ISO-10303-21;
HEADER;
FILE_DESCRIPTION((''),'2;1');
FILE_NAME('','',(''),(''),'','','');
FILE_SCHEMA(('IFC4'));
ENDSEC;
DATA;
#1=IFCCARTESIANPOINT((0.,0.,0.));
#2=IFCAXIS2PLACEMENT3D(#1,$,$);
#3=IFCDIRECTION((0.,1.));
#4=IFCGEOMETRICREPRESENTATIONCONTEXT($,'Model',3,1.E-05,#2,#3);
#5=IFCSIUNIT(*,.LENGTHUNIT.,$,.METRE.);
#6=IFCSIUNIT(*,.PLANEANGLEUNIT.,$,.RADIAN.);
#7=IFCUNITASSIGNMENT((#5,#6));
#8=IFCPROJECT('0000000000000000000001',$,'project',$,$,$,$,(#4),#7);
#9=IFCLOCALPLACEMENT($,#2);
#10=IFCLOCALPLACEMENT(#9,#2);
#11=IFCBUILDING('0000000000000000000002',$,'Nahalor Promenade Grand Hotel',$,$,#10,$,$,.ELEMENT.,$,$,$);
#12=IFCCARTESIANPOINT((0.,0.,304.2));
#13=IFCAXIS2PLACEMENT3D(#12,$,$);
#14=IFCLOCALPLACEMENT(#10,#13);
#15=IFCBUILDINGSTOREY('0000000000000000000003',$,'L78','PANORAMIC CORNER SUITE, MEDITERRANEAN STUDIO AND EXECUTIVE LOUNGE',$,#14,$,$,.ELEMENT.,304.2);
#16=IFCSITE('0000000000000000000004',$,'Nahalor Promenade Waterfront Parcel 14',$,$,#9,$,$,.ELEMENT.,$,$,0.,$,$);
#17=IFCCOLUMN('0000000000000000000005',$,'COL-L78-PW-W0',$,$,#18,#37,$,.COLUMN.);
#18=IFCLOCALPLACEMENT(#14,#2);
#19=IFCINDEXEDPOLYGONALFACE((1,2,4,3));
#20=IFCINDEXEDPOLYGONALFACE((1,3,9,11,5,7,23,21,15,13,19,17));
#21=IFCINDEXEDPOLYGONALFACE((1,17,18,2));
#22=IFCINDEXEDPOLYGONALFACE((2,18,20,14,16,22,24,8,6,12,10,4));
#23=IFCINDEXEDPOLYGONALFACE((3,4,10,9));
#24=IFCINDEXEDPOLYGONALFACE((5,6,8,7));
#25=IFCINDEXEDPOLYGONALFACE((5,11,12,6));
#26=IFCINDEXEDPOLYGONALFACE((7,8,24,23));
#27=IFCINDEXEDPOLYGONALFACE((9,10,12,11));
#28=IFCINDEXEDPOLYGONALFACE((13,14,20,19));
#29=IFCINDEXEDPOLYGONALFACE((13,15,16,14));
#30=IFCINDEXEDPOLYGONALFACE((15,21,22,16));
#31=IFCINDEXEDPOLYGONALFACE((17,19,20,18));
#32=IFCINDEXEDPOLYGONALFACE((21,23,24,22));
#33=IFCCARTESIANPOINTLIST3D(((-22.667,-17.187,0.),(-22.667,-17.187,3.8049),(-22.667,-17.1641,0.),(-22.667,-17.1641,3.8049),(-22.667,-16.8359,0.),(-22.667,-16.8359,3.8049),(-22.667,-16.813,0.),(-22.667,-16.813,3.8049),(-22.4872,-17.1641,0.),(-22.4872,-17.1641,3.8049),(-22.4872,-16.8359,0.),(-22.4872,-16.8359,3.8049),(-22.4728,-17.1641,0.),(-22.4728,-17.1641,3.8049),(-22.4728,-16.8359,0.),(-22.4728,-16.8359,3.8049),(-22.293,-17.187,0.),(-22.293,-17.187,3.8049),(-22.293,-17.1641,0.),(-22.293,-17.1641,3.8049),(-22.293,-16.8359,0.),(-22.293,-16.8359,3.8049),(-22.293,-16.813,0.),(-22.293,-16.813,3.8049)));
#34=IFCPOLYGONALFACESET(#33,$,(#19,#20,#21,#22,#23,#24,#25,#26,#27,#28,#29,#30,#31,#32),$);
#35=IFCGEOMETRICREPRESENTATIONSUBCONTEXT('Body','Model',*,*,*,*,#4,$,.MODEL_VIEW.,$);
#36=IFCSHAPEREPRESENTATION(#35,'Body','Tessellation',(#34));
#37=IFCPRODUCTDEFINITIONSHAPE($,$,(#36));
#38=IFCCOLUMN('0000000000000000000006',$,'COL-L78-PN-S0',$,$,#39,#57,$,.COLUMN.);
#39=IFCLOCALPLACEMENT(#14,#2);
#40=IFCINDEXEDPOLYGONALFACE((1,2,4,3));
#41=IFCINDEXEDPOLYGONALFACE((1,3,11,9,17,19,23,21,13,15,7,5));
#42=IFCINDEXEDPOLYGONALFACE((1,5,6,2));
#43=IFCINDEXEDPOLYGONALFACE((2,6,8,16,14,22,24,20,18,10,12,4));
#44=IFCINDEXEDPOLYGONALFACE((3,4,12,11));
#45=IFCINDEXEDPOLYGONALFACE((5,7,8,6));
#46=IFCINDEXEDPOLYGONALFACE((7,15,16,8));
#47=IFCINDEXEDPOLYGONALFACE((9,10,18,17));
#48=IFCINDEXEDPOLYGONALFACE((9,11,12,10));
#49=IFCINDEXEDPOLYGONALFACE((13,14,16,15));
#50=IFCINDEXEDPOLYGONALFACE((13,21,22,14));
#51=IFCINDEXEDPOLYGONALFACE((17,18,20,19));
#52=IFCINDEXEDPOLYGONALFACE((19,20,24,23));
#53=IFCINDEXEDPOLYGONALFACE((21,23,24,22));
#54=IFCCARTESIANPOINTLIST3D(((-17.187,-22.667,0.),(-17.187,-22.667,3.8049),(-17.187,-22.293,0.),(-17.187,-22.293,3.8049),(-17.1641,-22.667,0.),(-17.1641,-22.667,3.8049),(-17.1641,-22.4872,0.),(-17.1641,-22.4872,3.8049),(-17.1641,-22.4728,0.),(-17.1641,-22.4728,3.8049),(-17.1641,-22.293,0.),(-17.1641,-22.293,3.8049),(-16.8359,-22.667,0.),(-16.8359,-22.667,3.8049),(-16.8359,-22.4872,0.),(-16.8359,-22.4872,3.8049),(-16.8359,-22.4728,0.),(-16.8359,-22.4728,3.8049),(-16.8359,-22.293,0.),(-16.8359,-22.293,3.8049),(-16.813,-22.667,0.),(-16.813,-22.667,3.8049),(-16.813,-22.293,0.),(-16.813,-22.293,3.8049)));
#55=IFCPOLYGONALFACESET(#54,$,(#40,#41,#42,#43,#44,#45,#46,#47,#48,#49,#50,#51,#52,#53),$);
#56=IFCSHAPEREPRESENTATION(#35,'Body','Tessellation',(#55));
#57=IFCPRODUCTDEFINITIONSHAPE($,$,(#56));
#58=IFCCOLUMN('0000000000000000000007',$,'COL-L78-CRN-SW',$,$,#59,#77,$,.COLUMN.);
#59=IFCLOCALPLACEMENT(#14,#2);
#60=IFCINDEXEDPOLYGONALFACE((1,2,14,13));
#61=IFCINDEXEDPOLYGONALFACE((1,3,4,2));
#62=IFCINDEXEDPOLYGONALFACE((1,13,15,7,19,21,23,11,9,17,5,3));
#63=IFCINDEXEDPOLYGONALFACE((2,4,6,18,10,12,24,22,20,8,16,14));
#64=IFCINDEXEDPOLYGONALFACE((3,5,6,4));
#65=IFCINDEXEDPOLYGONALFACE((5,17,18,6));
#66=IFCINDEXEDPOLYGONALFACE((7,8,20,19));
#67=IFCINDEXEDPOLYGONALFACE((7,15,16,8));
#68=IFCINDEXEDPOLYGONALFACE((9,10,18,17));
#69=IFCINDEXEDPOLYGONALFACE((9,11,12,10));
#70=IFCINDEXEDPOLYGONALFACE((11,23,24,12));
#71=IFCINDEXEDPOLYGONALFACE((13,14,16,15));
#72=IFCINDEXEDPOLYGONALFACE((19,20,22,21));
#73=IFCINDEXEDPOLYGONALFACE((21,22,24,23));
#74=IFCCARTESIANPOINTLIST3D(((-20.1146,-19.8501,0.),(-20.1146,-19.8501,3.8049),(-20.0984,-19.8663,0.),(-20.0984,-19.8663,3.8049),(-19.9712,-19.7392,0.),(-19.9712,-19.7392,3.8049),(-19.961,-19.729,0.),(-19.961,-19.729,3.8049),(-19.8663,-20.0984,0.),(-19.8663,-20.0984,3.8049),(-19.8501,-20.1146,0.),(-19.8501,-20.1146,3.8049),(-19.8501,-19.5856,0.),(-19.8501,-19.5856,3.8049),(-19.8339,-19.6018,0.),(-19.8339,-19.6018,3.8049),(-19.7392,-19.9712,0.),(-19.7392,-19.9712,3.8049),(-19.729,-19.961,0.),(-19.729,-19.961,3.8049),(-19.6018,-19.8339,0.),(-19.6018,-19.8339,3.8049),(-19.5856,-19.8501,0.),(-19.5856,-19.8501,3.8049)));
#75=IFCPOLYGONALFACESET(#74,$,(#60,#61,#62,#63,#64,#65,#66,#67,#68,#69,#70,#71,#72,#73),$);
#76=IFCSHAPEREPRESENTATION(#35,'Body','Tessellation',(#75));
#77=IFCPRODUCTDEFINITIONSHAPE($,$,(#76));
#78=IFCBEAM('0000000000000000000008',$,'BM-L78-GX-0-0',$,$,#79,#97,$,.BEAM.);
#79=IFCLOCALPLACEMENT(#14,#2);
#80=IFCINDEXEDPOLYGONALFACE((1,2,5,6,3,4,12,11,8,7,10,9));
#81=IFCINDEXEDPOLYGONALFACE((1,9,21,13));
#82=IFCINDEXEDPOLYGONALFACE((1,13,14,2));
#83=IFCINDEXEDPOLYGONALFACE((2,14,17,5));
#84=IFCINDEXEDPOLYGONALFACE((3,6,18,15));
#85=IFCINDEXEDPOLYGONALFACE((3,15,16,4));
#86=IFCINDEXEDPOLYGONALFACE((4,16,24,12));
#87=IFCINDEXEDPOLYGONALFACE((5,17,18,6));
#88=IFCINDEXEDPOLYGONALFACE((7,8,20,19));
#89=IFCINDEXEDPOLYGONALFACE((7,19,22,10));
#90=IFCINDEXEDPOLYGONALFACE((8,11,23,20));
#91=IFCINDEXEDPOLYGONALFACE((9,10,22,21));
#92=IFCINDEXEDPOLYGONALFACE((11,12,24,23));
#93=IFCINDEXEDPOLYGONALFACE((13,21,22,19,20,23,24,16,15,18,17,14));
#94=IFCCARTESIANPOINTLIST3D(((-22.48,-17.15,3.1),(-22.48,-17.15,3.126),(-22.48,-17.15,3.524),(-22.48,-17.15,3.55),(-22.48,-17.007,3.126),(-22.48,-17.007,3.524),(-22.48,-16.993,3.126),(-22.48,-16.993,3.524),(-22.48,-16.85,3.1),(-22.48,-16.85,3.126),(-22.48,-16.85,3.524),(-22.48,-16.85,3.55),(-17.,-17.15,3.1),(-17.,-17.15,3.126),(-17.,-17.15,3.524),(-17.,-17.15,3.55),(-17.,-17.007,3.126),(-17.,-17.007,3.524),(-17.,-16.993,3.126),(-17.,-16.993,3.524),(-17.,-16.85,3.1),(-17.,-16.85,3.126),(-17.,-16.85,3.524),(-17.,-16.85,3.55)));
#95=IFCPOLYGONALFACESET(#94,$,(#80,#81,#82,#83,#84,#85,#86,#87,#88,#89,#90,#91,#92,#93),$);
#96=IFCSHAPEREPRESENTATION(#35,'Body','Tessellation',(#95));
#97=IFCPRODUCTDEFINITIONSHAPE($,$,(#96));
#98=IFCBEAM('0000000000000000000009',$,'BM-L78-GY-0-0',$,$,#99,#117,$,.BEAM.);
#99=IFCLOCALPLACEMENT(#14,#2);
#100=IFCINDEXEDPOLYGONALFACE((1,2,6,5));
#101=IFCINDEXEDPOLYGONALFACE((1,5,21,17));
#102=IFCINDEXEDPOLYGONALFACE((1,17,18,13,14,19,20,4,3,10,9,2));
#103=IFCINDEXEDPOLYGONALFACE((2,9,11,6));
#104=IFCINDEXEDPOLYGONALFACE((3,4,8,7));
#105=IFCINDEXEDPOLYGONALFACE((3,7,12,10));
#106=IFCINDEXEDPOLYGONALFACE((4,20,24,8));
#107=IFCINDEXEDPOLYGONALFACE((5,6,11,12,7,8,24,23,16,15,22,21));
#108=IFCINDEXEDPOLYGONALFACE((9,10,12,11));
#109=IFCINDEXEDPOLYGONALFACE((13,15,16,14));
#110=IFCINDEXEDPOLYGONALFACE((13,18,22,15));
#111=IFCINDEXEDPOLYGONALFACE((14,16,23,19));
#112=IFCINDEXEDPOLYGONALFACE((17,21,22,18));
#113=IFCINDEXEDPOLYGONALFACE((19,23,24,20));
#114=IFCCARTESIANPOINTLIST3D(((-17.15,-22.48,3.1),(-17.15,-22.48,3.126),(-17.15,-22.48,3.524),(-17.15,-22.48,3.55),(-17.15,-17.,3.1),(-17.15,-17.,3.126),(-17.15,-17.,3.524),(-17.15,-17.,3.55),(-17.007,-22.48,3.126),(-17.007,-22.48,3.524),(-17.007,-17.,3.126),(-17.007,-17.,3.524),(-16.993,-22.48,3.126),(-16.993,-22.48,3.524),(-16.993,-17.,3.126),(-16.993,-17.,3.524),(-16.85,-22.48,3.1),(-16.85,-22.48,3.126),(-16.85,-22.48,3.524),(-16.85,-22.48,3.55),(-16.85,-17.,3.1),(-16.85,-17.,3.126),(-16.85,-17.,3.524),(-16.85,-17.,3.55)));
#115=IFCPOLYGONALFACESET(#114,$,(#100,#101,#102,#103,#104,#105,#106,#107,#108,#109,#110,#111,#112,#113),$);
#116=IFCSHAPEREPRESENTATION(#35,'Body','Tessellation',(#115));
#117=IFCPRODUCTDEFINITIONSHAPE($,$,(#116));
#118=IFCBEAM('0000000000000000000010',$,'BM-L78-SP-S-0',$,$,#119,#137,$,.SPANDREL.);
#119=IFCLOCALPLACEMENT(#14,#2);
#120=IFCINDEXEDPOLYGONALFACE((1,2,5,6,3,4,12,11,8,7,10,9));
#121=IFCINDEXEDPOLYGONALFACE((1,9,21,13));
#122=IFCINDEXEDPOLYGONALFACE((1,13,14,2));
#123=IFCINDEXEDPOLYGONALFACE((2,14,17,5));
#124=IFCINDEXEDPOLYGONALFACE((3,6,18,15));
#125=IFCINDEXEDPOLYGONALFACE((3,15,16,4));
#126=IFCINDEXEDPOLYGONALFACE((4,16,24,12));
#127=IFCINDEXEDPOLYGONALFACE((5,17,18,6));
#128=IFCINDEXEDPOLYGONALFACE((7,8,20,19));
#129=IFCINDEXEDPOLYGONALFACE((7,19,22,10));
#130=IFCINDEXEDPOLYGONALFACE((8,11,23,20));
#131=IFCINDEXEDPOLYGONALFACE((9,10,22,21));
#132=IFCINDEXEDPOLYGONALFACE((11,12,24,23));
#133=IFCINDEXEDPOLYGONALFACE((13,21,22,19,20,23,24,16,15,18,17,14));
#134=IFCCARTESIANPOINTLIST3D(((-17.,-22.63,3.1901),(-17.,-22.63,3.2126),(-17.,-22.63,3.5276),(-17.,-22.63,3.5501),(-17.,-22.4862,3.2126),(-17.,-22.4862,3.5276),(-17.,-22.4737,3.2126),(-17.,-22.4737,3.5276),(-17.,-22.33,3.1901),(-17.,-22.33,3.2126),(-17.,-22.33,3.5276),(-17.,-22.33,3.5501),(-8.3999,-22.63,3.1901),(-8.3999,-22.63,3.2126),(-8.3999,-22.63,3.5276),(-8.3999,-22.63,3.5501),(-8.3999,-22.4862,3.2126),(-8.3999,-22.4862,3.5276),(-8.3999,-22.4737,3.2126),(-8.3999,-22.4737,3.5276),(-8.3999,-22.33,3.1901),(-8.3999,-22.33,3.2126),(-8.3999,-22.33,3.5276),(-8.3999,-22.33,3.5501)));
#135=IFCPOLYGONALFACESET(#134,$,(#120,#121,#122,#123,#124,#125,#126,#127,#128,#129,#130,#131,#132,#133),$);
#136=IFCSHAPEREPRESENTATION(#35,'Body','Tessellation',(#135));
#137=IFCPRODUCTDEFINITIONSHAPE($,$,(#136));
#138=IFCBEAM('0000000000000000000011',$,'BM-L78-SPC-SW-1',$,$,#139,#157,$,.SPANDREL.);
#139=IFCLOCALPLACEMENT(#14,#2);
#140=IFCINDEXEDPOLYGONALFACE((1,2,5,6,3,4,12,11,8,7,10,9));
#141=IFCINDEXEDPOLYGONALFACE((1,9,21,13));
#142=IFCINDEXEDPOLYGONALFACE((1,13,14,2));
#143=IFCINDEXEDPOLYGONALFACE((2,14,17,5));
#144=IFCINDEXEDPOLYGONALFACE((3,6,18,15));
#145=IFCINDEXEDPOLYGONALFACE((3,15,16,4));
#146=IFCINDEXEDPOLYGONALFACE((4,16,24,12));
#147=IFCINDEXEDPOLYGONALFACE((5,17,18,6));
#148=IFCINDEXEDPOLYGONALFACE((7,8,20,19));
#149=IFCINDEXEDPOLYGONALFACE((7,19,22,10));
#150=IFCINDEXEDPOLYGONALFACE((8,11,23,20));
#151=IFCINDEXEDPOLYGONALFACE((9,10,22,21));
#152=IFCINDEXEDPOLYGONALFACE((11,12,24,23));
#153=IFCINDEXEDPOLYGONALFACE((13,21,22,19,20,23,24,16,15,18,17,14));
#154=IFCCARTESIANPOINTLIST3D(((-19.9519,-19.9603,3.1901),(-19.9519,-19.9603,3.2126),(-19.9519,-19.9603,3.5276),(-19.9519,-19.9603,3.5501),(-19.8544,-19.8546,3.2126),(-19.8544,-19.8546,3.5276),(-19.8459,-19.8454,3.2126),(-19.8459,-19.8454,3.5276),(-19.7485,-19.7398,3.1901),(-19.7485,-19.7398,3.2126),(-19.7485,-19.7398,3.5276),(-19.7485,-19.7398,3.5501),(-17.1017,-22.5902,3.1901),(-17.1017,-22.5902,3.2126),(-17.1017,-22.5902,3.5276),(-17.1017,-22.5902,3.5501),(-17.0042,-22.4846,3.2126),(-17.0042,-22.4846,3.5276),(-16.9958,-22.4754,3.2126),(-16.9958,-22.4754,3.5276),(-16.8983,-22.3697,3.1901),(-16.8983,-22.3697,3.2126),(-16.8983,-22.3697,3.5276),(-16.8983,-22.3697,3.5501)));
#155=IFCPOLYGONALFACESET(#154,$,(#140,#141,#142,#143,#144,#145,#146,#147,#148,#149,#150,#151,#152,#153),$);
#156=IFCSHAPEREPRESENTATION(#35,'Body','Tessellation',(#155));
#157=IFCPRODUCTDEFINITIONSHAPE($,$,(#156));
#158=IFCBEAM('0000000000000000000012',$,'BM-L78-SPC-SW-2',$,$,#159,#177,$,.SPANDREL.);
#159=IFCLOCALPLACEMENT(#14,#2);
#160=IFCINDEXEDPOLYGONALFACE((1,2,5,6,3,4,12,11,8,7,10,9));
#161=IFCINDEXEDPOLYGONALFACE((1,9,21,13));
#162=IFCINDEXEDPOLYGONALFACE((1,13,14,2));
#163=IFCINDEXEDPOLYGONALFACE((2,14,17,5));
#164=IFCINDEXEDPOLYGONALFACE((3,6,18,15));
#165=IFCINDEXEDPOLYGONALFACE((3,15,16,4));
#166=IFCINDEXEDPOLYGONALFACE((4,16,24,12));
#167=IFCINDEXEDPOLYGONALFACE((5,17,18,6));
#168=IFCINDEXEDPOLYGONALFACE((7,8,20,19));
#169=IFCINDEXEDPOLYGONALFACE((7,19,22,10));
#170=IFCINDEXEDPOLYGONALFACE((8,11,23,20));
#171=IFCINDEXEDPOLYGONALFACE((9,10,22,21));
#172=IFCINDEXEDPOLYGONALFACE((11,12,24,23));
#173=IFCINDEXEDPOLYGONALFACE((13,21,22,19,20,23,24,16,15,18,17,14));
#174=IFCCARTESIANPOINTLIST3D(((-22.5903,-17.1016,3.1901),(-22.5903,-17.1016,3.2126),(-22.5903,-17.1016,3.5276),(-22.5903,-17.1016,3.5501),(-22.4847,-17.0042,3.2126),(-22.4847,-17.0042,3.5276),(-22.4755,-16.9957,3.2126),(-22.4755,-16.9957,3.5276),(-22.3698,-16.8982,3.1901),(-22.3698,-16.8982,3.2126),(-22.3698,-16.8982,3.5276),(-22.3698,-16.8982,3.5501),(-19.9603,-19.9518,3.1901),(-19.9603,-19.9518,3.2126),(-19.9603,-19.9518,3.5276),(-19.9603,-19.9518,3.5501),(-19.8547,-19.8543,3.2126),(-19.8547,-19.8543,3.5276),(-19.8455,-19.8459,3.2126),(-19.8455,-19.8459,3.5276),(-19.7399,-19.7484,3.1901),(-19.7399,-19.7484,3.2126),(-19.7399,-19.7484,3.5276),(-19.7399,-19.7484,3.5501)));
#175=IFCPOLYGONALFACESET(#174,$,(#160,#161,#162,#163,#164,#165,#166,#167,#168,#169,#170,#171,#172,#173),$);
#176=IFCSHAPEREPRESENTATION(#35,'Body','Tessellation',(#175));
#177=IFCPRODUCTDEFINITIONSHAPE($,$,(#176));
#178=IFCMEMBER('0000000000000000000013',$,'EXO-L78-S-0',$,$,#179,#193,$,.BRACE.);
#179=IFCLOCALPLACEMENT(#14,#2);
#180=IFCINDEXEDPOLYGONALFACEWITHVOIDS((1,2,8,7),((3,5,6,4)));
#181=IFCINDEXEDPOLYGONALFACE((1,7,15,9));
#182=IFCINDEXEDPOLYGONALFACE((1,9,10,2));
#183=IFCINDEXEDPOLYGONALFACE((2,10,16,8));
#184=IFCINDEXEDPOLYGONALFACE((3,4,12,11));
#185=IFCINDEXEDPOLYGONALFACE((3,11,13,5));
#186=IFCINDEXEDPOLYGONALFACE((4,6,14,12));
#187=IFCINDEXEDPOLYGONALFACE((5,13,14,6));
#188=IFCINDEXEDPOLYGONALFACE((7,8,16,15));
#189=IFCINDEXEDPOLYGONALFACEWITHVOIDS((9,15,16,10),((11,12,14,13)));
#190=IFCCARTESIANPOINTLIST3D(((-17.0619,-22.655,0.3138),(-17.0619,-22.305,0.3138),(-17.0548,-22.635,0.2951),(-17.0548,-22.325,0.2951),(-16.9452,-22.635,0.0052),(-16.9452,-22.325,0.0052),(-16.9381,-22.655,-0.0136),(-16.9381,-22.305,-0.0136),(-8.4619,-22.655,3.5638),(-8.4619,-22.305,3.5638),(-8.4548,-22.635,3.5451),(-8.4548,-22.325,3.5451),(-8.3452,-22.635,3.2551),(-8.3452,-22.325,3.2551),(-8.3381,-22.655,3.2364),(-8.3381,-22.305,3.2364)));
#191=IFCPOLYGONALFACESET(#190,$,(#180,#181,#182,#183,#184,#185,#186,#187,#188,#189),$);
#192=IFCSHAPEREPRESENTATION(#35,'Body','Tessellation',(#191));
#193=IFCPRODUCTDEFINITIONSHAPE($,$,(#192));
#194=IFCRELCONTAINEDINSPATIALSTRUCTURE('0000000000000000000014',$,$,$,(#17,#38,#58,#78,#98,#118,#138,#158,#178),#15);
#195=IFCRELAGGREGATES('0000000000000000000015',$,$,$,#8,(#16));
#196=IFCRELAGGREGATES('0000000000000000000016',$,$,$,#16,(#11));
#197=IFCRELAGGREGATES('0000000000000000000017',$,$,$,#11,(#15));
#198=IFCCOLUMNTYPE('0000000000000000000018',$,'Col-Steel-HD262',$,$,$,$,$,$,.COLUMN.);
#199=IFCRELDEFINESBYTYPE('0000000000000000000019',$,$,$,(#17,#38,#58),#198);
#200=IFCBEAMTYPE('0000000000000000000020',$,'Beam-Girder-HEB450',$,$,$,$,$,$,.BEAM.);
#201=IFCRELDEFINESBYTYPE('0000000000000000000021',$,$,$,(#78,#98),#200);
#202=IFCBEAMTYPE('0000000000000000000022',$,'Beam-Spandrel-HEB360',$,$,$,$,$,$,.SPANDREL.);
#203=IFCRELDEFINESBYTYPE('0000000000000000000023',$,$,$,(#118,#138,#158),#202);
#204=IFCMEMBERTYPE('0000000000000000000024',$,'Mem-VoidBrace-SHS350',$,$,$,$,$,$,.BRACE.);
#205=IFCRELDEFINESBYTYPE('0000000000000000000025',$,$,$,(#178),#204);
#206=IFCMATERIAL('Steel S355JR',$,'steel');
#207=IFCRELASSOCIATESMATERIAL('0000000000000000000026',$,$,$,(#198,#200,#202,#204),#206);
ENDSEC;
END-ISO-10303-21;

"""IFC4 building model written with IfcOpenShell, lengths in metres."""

from ifc_helpers import new_model, si_unit, direction, frame, origin, origin_2d, place, context, subcontext, project, spatial, hollow_rectangle, i_section, extrude, source, transform, mapped, material, material_profile, profile_set, type_object, element, save


model = new_model("IFC4")

# Units and contexts
model_context = context("Model", 3, precision=1e-05, world=origin(), true_north=direction((0.0, 1.0)))
body_context = subcontext(model_context, "Body", "Model", "MODEL_VIEW")
ifc_project = project(units=[si_unit("LENGTHUNIT", "METRE"), si_unit("PLANEANGLEUNIT", "RADIAN")], contexts=[model_context])

# Site, building, storey
site_placement = place(None, origin())
site = spatial("IfcSite", under=ifc_project, at=site_placement, Name="Nahalor Promenade Waterfront Parcel 14", CompositionType="ELEMENT", RefElevation=0.0)
building_placement = place(site_placement, origin())
building = spatial("IfcBuilding", under=site, at=building_placement, Name="Nahalor Promenade Grand Hotel", CompositionType="ELEMENT")
storey_placement = place(building_placement, frame((0.0, 0.0, 304.2)))
storey = spatial("IfcBuildingStorey", under=building, at=storey_placement, Name="L78", Description="PANORAMIC CORNER SUITE, MEDITERRANEAN STUDIO AND EXECUTIVE LOUNGE", CompositionType="ELEMENT", Elevation=304.2)

# Columns
ifc_material_1 = material(Name="Steel S355JR", Category="steel")
ifc_material_profile_1 = material_profile(ifc_material_1, i_section(OverallWidth=0.374, OverallDepth=0.374, WebThickness=0.0144, FlangeThickness=0.0229, at=origin_2d()), Name="HD 360x262")
ifc_profile_set_1 = profile_set([ifc_material_profile_1], Name="Steel S355JR")
column_type = type_object("IfcColumnType", Name="Col-Steel-HD262", PredefinedType="COLUMN", material=ifc_profile_set_1)
shared_shape_1 = source(origin(), body_context, "Body", "SweptSolid", [
    extrude(i_section(OverallWidth=0.374, OverallDepth=0.374, WebThickness=0.0144, FlangeThickness=0.0229, at=origin_2d()), origin(), (0.0, 0.0, 1.0), 3.8049),
])
for number, where, z_axis, x_axis, name in (
    (1, (-22.48, -17.0, 0.0), (0.0, 0.0, 1.0), (1.0, 0.0, 0.0), "COL-L78-PW-W0"),
    (2, (-17.0, -22.48, 0.0), (0.0, 0.0, 1.0), (0.0, 1.0, 0.0), "COL-L78-PN-S0"),
    (3, (-19.8501, -19.8501, 0.0), (0.0, 0.0, 1.0), (0.707107, 0.707107, 0.0), "COL-L78-CRN-SW"),
):
    element("IfcColumn", number, at=place(storey_placement, frame(where, z_axis=z_axis, x_axis=x_axis)), inside=storey, type_object=column_type, Name=name, PredefinedType="COLUMN", context=body_context, shape_type="MappedRepresentation", body=[
        mapped(shared_shape_1, transform((0.0, 0.0, 0.0), scale=1.0)),
    ])

# Beams
ifc_material_profile_2 = material_profile(ifc_material_1, i_section(OverallWidth=0.3, OverallDepth=0.45, WebThickness=0.014, FlangeThickness=0.026, at=origin_2d()), Name="HEB 450")
ifc_profile_set_2 = profile_set([ifc_material_profile_2], Name="Steel S355JR")
beam_type_1 = type_object("IfcBeamType", Name="Beam-Girder-HEB450", PredefinedType="BEAM", material=ifc_profile_set_2)
shared_shape_2 = source(origin(), body_context, "Body", "SweptSolid", [
    extrude(i_section(OverallWidth=0.3, OverallDepth=0.45, WebThickness=0.014, FlangeThickness=0.026, at=origin_2d()), origin(), (0.0, 0.0, 1.0), 5.48),
])
for number, where, z_axis, x_axis, name in (
    (4, (-22.48, -17.0, 3.325), (1.0, 0.0, 0.0), (0.0, 1.0, 0.0), "BM-L78-GX-0-0"),
    (5, (-17.0, -22.48, 3.325), (0.0, 1.0, 0.0), (-1.0, 0.0, 0.0), "BM-L78-GY-0-0"),
):
    element("IfcBeam", number, at=place(storey_placement, frame(where, z_axis=z_axis, x_axis=x_axis)), inside=storey, type_object=beam_type_1, Name=name, PredefinedType="BEAM", context=body_context, shape_type="MappedRepresentation", body=[
        mapped(shared_shape_2, transform((0.0, 0.0, 0.0), scale=1.0)),
    ])
ifc_material_profile_3 = material_profile(ifc_material_1, i_section(OverallWidth=0.3, OverallDepth=0.36, WebThickness=0.0125, FlangeThickness=0.0225, at=origin_2d()), Name="HEB 360")
ifc_profile_set_3 = profile_set([ifc_material_profile_3], Name="Steel S355JR")
beam_type_2 = type_object("IfcBeamType", Name="Beam-Spandrel-HEB360", PredefinedType="SPANDREL", material=ifc_profile_set_3)
shared_shape_3 = source(origin(), body_context, "Body", "SweptSolid", [
    extrude(i_section(OverallWidth=0.3, OverallDepth=0.36, WebThickness=0.0125, FlangeThickness=0.0225, at=origin_2d()), origin(), (0.0, 0.0, 1.0), 8.6001),
])
beam_placement = place(storey_placement, frame((-17.0, -22.48, 3.3701), z_axis=(1.0, 0.0, 0.0), x_axis=(0.0, 1.0, 0.0)))
element("IfcBeam", 6, at=beam_placement, inside=storey, type_object=beam_type_2, Name="BM-L78-SP-S-0", PredefinedType="SPANDREL", context=body_context, shape_type="MappedRepresentation", body=[
    mapped(shared_shape_3, transform((0.0, 0.0, 0.0), scale=1.0)),
])
shared_shape_4 = source(origin(), body_context, "Body", "SweptSolid", [
    extrude(i_section(OverallWidth=0.3, OverallDepth=0.36, WebThickness=0.0125, FlangeThickness=0.0225, at=origin_2d()), origin(), (0.0, 0.0, 1.0), 3.8782),
])
for number, where, z_axis, x_axis, name in (
    (7, (-17.0, -22.48, 3.3701), (-0.734929, 0.678144, 0.0), (-0.678144, -0.734929, 0.0), "BM-L78-SPC-SW-1"),
    (8, (-19.8501, -19.8501, 3.3701), (-0.678144, 0.734929, 0.0), (-0.734929, -0.678144, 0.0), "BM-L78-SPC-SW-2"),
):
    element("IfcBeam", number, at=place(storey_placement, frame(where, z_axis=z_axis, x_axis=x_axis)), inside=storey, type_object=beam_type_2, Name=name, PredefinedType="SPANDREL", context=body_context, shape_type="MappedRepresentation", body=[
        mapped(shared_shape_4, transform((0.0, 0.0, 0.0), scale=1.0)),
    ])

# Member
ifc_material_profile_4 = material_profile(ifc_material_1, hollow_rectangle(XDim=0.35, YDim=0.35, WallThickness=0.02, at=origin_2d()), Name="SHS 350x350x20")
ifc_profile_set_4 = profile_set([ifc_material_profile_4], Name="Steel S355JR")
member_type_1 = type_object("IfcMemberType", Name="Mem-VoidBrace-SHS350", PredefinedType="BRACE", material=ifc_profile_set_4)
shared_shape_5 = source(origin(), body_context, "Body", "SweptSolid", [
    extrude(hollow_rectangle(XDim=0.35, YDim=0.35, WallThickness=0.02, at=origin_2d()), origin(), (0.0, 0.0, 1.0), 9.1936),
])
member_1_placement = place(storey_placement, frame((-17.0, -22.48, 0.1501), z_axis=(0.935433, 0.0, 0.353503), x_axis=(0.0, 1.0, 0.0)))
element("IfcMember", 9, at=member_1_placement, inside=storey, type_object=member_type_1, Name="EXO-L78-S-0", PredefinedType="BRACE", context=body_context, shape_type="MappedRepresentation", body=[
    mapped(shared_shape_5, transform((0.0, 0.0, 0.0), scale=1.0)),
])

save(model, "model.ifc")
